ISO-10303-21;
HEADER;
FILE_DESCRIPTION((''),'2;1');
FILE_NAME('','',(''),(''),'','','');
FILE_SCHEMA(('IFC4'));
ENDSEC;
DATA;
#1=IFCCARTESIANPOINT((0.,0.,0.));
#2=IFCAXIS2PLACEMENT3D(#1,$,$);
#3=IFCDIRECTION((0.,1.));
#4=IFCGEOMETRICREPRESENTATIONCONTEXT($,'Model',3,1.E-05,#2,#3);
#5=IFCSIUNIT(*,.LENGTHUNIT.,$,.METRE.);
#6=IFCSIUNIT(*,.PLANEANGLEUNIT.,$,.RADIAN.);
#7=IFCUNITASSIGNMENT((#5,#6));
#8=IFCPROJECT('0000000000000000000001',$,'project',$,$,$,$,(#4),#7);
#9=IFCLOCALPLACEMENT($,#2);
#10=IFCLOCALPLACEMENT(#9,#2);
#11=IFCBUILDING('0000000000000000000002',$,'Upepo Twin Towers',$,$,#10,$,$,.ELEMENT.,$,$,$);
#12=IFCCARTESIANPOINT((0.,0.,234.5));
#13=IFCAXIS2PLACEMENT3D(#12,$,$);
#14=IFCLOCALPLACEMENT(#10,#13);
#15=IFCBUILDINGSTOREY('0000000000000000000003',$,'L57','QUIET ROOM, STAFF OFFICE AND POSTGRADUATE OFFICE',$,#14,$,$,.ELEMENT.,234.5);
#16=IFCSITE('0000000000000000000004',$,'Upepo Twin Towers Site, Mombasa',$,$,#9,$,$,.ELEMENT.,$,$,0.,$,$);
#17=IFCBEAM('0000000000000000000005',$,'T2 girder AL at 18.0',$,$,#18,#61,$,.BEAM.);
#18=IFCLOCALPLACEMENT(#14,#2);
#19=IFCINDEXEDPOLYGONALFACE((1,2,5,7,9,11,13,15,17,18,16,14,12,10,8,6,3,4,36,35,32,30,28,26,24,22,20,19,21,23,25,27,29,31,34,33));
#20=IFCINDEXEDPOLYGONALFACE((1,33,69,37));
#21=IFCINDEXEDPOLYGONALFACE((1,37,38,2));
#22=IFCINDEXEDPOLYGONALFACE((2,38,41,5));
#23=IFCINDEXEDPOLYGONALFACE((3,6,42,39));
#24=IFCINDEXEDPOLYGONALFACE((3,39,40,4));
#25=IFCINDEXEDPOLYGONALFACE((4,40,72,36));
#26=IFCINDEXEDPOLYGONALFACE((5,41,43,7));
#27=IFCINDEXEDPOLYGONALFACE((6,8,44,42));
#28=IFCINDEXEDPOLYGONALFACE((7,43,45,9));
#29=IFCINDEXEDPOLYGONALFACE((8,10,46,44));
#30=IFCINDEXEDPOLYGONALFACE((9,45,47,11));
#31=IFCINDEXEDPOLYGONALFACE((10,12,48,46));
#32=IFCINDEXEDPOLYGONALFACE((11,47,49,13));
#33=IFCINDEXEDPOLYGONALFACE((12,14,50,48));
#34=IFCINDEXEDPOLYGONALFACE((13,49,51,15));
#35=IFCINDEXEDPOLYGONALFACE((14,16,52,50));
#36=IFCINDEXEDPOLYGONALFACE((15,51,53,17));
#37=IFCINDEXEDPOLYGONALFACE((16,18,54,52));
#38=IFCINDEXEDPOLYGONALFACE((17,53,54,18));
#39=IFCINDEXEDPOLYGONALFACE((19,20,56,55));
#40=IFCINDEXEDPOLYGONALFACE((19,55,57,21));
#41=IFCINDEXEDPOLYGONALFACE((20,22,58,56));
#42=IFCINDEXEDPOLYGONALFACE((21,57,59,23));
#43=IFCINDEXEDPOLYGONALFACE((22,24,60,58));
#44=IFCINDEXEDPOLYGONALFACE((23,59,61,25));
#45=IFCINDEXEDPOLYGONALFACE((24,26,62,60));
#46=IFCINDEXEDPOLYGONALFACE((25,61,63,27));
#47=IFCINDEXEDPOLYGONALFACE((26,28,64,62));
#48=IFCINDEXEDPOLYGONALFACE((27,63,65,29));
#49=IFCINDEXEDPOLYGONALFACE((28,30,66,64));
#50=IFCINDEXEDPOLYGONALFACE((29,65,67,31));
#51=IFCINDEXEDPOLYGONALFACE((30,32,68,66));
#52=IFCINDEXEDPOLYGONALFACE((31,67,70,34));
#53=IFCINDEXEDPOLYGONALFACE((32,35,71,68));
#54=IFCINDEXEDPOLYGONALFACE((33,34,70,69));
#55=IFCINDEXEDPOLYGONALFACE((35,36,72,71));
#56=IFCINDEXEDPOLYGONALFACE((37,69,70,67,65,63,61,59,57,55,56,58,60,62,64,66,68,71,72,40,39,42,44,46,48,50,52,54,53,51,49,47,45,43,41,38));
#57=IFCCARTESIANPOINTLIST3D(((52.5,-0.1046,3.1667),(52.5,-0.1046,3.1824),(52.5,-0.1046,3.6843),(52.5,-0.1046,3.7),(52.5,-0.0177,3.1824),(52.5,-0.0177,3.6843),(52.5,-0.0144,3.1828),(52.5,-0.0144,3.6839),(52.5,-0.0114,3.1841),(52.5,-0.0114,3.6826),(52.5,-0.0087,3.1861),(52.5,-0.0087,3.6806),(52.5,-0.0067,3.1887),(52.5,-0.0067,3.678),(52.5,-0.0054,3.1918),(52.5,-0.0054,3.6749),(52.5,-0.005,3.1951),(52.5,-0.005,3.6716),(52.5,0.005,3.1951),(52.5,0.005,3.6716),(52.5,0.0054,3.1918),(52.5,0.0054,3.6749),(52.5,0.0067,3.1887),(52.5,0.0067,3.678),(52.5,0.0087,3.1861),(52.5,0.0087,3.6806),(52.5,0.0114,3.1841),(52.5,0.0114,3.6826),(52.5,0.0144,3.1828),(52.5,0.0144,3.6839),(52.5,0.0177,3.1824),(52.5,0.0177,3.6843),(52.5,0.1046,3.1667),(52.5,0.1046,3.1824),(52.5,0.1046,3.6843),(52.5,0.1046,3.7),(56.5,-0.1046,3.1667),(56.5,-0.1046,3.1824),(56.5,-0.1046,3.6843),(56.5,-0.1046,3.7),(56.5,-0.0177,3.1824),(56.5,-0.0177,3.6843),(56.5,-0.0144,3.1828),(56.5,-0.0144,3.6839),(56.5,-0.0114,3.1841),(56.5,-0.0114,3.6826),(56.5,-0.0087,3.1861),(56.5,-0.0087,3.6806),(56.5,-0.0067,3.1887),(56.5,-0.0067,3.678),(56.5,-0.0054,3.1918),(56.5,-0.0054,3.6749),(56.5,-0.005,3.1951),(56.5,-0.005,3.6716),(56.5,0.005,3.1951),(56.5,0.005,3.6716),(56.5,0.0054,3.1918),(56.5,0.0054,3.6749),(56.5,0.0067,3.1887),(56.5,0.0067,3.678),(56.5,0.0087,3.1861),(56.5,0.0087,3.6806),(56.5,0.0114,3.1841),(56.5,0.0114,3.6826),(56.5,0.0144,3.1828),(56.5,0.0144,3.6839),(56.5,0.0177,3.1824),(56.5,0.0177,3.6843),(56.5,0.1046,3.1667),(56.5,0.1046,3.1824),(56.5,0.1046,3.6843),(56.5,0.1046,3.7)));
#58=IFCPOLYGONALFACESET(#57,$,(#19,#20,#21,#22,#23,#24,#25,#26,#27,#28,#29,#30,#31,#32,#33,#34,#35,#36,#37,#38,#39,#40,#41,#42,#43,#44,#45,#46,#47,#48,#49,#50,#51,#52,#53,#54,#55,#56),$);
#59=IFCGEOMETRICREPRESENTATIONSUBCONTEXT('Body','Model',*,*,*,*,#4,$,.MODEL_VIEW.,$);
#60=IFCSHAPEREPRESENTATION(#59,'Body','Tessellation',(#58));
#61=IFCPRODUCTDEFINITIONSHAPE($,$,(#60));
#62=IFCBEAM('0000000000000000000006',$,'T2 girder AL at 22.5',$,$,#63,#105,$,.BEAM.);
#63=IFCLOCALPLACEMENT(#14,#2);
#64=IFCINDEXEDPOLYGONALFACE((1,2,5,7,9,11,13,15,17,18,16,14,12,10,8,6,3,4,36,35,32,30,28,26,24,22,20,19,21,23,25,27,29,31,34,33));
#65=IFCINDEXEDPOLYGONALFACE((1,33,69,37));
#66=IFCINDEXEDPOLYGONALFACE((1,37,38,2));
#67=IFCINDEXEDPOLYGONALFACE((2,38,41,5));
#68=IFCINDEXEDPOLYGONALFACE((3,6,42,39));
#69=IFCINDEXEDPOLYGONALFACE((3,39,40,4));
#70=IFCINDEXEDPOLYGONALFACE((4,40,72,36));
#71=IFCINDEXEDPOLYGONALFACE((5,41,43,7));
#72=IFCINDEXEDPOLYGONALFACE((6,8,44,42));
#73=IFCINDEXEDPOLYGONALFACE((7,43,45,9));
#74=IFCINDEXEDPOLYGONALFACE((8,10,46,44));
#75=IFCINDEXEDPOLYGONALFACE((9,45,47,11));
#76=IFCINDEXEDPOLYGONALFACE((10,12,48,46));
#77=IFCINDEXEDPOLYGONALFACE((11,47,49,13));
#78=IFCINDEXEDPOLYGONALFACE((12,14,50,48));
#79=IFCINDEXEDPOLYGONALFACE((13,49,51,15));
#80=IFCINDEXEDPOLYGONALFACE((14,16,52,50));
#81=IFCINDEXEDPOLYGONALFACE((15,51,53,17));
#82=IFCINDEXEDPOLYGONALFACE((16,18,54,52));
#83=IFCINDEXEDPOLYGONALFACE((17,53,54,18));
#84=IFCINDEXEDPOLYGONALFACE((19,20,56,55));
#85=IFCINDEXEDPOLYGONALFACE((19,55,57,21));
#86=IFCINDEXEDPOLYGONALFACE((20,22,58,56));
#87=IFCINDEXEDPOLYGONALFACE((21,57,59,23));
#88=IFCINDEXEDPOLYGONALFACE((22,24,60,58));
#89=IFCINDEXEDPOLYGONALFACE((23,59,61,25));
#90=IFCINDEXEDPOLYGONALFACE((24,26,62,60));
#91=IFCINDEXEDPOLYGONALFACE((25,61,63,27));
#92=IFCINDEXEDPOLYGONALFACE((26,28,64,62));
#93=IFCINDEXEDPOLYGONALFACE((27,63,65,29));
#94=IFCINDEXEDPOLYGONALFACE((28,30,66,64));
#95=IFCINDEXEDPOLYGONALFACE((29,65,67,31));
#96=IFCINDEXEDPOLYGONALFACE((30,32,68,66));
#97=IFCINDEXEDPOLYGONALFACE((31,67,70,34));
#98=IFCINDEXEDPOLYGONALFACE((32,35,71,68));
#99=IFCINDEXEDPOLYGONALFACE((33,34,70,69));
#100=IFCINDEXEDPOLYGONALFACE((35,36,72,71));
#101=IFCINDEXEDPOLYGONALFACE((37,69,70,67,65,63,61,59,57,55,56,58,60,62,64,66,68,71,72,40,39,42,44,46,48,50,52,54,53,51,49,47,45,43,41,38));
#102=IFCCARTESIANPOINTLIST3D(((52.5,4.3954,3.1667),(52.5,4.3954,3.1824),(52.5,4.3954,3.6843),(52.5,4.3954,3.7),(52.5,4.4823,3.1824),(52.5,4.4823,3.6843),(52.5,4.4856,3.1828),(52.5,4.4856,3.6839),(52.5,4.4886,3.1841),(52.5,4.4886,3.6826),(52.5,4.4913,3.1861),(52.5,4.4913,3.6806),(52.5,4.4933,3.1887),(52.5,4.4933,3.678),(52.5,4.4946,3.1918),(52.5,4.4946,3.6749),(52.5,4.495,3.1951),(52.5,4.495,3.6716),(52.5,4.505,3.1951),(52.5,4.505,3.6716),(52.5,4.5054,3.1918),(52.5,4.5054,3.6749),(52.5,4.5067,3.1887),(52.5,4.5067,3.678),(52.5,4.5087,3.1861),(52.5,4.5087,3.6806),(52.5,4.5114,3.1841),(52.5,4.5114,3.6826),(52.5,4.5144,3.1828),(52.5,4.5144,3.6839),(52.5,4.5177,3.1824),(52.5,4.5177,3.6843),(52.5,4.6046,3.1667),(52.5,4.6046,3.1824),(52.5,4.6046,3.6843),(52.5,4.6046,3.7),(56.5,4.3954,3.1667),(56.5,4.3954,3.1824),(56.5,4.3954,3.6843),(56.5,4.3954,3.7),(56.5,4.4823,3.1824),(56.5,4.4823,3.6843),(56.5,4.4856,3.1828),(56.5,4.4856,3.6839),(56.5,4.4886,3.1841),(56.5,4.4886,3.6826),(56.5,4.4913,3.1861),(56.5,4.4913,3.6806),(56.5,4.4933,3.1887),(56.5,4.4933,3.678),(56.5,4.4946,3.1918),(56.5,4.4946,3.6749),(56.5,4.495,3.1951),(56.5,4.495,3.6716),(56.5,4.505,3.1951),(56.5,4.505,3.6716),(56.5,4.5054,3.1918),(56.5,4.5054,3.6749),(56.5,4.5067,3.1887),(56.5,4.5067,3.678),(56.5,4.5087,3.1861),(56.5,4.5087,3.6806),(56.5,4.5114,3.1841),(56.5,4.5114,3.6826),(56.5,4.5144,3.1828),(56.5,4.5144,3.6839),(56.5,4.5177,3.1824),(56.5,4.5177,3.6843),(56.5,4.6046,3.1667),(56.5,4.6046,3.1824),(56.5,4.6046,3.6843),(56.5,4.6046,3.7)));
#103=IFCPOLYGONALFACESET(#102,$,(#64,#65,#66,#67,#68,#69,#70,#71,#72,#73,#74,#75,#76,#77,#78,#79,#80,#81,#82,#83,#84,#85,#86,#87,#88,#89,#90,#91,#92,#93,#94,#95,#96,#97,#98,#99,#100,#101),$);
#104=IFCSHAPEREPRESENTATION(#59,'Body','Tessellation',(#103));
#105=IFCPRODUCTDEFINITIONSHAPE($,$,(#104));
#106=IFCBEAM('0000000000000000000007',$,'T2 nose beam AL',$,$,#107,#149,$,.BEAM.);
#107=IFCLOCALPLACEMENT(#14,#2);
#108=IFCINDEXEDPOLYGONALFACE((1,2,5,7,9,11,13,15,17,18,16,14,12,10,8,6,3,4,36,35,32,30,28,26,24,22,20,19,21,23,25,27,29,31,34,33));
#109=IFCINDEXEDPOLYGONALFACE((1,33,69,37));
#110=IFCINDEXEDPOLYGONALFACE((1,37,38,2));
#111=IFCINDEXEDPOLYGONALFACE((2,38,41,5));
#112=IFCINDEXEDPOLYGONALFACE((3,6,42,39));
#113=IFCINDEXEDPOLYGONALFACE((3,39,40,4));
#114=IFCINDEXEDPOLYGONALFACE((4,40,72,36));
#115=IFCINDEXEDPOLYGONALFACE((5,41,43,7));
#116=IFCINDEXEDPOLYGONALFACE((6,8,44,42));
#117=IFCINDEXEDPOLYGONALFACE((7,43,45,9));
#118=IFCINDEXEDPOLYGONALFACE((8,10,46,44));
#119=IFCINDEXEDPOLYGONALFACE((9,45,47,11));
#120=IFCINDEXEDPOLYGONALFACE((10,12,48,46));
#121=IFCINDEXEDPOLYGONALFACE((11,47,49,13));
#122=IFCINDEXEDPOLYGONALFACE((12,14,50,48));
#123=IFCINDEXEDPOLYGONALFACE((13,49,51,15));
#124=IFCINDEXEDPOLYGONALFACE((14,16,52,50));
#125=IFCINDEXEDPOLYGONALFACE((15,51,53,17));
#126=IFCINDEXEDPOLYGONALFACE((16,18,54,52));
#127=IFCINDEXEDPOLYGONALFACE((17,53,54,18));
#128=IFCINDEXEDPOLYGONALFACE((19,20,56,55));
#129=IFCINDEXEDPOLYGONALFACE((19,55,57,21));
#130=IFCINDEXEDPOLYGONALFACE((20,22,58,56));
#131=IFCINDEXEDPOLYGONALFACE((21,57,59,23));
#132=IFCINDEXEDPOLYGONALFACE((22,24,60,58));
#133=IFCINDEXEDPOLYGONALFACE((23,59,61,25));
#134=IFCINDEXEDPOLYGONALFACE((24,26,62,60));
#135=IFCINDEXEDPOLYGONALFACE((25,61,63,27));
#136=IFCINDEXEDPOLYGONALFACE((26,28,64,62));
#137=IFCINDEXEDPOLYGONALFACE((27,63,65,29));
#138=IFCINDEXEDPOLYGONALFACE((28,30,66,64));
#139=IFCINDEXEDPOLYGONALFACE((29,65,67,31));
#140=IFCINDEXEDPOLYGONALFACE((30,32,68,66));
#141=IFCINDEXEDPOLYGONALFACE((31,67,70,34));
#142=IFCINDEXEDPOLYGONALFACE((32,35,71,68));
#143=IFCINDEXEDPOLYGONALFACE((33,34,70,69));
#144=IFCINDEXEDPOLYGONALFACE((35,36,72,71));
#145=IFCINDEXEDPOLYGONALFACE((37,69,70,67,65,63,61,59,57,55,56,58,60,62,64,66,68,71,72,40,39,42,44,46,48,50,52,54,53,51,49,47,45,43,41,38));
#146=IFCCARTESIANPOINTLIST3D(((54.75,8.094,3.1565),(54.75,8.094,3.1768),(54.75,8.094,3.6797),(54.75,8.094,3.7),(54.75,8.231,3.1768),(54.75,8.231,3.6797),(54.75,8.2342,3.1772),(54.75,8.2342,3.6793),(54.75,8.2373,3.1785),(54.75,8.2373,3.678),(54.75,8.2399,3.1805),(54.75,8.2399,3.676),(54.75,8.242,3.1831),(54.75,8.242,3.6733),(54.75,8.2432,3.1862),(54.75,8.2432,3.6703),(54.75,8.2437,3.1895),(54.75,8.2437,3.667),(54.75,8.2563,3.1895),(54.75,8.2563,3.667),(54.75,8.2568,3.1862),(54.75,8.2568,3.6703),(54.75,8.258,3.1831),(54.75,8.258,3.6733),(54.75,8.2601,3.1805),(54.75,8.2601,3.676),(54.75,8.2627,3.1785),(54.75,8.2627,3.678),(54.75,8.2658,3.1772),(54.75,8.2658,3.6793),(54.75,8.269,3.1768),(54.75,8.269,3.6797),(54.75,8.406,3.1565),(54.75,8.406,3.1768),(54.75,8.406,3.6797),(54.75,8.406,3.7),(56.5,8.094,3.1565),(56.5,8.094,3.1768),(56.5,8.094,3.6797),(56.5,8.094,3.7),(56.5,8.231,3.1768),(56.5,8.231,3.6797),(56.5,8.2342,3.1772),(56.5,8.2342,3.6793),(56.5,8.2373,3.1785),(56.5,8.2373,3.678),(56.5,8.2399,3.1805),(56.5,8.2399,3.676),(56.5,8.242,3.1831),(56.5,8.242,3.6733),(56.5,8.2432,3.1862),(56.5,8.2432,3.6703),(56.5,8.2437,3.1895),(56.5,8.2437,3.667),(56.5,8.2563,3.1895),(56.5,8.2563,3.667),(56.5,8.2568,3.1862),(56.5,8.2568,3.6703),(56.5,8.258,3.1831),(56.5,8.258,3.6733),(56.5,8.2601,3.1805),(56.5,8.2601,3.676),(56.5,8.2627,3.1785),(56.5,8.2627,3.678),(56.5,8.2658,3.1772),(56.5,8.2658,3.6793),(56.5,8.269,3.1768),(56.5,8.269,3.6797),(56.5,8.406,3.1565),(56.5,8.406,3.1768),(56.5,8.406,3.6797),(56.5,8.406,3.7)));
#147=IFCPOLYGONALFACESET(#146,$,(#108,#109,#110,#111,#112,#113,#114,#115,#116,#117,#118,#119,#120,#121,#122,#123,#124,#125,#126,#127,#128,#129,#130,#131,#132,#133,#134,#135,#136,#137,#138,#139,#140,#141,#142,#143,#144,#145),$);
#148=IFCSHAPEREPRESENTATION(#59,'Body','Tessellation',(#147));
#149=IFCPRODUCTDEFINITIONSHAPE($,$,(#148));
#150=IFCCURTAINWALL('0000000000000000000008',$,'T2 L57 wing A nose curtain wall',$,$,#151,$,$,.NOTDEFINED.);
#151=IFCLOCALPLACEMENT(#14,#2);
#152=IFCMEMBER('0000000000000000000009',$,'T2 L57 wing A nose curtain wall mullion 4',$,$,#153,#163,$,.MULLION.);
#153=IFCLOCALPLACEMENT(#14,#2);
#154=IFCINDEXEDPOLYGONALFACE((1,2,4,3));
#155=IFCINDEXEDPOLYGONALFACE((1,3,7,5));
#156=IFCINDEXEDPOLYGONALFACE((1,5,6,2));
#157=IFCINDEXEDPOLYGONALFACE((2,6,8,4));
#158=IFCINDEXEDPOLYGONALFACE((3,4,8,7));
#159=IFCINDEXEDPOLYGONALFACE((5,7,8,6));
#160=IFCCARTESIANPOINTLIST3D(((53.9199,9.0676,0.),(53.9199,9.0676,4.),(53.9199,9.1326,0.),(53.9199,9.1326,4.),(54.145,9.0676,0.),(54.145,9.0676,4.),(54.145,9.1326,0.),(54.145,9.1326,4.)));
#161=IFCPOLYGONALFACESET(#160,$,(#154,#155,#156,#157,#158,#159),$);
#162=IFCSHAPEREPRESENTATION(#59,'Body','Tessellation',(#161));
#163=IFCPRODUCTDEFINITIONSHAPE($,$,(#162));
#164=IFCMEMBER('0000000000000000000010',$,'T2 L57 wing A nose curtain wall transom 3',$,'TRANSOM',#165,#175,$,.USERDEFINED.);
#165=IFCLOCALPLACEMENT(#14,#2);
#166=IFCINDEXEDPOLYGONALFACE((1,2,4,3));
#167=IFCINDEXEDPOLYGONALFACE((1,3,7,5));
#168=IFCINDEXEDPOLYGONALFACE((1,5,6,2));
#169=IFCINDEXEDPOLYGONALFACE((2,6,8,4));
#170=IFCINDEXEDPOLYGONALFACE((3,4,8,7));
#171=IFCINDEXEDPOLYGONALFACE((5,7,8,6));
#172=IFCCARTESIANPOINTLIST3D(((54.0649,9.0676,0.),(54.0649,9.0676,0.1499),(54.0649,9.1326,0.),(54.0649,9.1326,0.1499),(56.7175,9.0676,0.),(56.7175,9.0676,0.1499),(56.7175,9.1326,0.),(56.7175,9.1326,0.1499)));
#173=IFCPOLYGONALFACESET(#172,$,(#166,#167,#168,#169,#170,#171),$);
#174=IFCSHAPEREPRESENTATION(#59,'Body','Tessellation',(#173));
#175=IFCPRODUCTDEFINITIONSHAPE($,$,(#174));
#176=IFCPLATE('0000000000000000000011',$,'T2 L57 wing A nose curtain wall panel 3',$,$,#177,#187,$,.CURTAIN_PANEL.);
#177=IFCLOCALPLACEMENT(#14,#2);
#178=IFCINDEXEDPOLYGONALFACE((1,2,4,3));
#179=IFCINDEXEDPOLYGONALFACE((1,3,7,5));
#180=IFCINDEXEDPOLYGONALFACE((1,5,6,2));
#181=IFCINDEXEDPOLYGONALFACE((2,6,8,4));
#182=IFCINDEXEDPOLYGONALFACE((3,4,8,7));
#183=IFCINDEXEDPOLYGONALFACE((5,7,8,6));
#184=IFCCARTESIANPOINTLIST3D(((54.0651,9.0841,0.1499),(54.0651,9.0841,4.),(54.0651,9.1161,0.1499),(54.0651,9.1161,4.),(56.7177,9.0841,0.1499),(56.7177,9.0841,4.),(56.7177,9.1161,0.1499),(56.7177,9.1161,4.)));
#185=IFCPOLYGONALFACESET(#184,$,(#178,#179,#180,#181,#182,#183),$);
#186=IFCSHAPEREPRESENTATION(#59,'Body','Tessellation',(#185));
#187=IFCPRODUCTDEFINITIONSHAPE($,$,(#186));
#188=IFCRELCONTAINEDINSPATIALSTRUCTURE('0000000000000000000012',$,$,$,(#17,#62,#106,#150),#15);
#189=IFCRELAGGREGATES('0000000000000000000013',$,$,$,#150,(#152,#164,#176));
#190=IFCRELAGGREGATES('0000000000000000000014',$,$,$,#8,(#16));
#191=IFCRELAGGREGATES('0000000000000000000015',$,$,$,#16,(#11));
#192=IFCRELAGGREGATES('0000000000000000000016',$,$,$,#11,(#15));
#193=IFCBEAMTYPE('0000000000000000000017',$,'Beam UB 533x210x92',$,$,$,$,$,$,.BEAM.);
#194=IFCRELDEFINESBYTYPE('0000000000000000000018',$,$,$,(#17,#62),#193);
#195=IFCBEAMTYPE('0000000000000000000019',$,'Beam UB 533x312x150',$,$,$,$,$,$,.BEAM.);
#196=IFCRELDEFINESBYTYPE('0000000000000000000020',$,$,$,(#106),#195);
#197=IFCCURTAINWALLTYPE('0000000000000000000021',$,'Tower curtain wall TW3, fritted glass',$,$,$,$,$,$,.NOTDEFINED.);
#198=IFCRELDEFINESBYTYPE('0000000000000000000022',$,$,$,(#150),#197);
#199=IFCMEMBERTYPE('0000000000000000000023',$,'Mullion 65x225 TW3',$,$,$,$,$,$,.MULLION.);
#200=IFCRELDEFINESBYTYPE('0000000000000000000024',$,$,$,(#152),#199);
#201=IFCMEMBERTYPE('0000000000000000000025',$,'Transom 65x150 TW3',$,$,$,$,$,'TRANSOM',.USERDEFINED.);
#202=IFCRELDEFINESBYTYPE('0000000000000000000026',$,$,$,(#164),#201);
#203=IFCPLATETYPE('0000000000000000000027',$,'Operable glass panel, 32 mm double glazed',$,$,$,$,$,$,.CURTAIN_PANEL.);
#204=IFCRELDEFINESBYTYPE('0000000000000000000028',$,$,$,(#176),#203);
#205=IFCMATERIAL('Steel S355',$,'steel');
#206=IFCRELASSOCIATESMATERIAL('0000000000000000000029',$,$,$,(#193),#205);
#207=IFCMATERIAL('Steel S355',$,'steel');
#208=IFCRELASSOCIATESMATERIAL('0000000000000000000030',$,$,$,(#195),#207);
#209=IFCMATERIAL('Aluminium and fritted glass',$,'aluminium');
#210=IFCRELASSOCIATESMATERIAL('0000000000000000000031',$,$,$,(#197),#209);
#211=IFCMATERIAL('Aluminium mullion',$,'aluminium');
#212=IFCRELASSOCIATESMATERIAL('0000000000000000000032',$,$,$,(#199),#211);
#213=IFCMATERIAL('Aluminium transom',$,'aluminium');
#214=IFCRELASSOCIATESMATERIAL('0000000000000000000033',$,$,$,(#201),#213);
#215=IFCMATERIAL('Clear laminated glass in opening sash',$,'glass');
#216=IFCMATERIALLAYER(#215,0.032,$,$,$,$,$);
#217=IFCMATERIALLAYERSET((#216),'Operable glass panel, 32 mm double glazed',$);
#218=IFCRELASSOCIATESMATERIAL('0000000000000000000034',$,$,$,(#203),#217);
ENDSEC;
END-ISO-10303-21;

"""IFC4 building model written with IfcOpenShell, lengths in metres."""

from ifc_helpers import new_model, si_unit, direction, frame, origin, origin_2d, place, context, subcontext, project, spatial, rectangle, i_section, extrude, material, layer, layer_set, material_profile, profile_set, type_object, element, aggregate, save


model = new_model("IFC4")

# Units and contexts
model_context = context("Model", 3, precision=1e-05, world=origin(), true_north=direction((0.0, 1.0)))
body_context = subcontext(model_context, "Body", "Model", "MODEL_VIEW")
ifc_project = project(units=[si_unit("LENGTHUNIT", "METRE"), si_unit("PLANEANGLEUNIT", "RADIAN")], contexts=[model_context])

# Site, building, storey
site_placement = place(None, origin())
site = spatial("IfcSite", under=ifc_project, at=site_placement, Name="Upepo Twin Towers Site, Mombasa", CompositionType="ELEMENT", RefElevation=0.0)
building_placement = place(site_placement, origin())
building = spatial("IfcBuilding", under=site, at=building_placement, Name="Upepo Twin Towers", CompositionType="ELEMENT")
storey_placement = place(building_placement, frame((0.0, 0.0, 234.5)))
storey = spatial("IfcBuildingStorey", under=building, at=storey_placement, Name="L57", Description="QUIET ROOM, STAFF OFFICE AND POSTGRADUATE OFFICE", CompositionType="ELEMENT", Elevation=234.5)

# Beams
ifc_material_1 = material(Name="Steel S355", Category="steel")
ifc_material_profile_1 = material_profile(ifc_material_1, i_section(OverallWidth=0.2092, OverallDepth=0.5332, WebThickness=0.01, FlangeThickness=0.0156, FilletRadius=0.0127, at=origin_2d()), Name="UB 533x210x92")
ifc_profile_set_1 = profile_set([ifc_material_profile_1], Name="Steel S355")
beam_type_1 = type_object("IfcBeamType", Name="Beam UB 533x210x92", PredefinedType="BEAM", material=ifc_profile_set_1)
for number, where, z_axis, x_axis, name in (
    (1, (52.5, 0.0, 3.4333), (1.0, 0.0, 0.0), (0.0, 1.0, 0.0), "T2 girder AL at 18.0"),
    (2, (52.5, 4.5, 3.4333), (1.0, 0.0, 0.0), (0.0, 1.0, 0.0), "T2 girder AL at 22.5"),
):
    element("IfcBeam", number, at=place(storey_placement, frame(where, z_axis=z_axis, x_axis=x_axis)), inside=storey, type_object=beam_type_1, Name=name, PredefinedType="BEAM", context=body_context, shape_type="SweptSolid", body=[
        extrude(i_section(OverallWidth=0.2092, OverallDepth=0.5332, WebThickness=0.01, FlangeThickness=0.0156, FilletRadius=0.0127, at=origin_2d()), origin(), (0.0, 0.0, 1.0), 4.0),
    ])
ifc_material_2 = material(Name="Steel S355", Category="steel")
ifc_material_profile_2 = material_profile(ifc_material_2, i_section(OverallWidth=0.312, OverallDepth=0.5435, WebThickness=0.0127, FlangeThickness=0.0203, FilletRadius=0.0127, at=origin_2d()), Name="UB 533x312x150")
ifc_profile_set_2 = profile_set([ifc_material_profile_2], Name="Steel S355")
beam_type_2 = type_object("IfcBeamType", Name="Beam UB 533x312x150", PredefinedType="BEAM", material=ifc_profile_set_2)
beam_1_placement = place(storey_placement, frame((54.75, 8.25, 3.4282), z_axis=(1.0, 0.0, 0.0), x_axis=(0.0, 1.0, 0.0)))
element("IfcBeam", 3, at=beam_1_placement, inside=storey, type_object=beam_type_2, Name="T2 nose beam AL", PredefinedType="BEAM", context=body_context, shape_type="SweptSolid", body=[
    extrude(i_section(OverallWidth=0.312, OverallDepth=0.5435, WebThickness=0.0127, FlangeThickness=0.0203, FilletRadius=0.0127, at=origin_2d()), origin(), (0.0, 0.0, 1.0), 1.75),
])

# Curtain wall, members, plate
ifc_material_3 = material(Name="Aluminium and fritted glass", Category="aluminium")
curtain_wall_type = type_object("IfcCurtainWallType", Name="Tower curtain wall TW3, fritted glass", PredefinedType="NOTDEFINED", material=ifc_material_3)
curtain_wall_placement = place(storey_placement, origin())
curtain_wall = element("IfcCurtainWall", 4, at=curtain_wall_placement, inside=storey, type_object=curtain_wall_type, Name="T2 L57 wing A nose curtain wall", PredefinedType="NOTDEFINED")
ifc_material_4 = material(Name="Aluminium mullion", Category="aluminium")
ifc_material_profile_3 = material_profile(ifc_material_4, rectangle(XDim=0.0649, YDim=0.2251, at=origin_2d()), Name="MULLION 65x225")
ifc_profile_set_3 = profile_set([ifc_material_profile_3], Name="Aluminium mullion")
member_type_1 = type_object("IfcMemberType", Name="Mullion 65x225 TW3", PredefinedType="MULLION", material=ifc_profile_set_3)
member_1_placement = place(storey_placement, frame((54.0325, 9.1001, 0.0), z_axis=(0.0, 0.0, 1.0), x_axis=(0.0, -1.0, 0.0)))
member_1 = element("IfcMember", 5, at=member_1_placement, type_object=member_type_1, Name="T2 L57 wing A nose curtain wall mullion 4", PredefinedType="MULLION", context=body_context, shape_type="SweptSolid", body=[
    extrude(rectangle(XDim=0.0649, YDim=0.2251, at=origin_2d()), origin(), (0.0, 0.0, 1.0), 4.0),
])
ifc_material_5 = material(Name="Aluminium transom", Category="aluminium")
ifc_material_profile_4 = material_profile(ifc_material_5, rectangle(XDim=0.0649, YDim=0.1499, at=origin_2d()), Name="TRANSOM 65x150")
ifc_profile_set_4 = profile_set([ifc_material_profile_4], Name="Aluminium transom")
member_type_2 = type_object("IfcMemberType", Name="Transom 65x150 TW3", ElementType="TRANSOM", PredefinedType="USERDEFINED", material=ifc_profile_set_4)
member_2_placement = place(storey_placement, frame((56.7175, 9.1001, 0.075), z_axis=(-1.0, 0.0, 0.0), x_axis=(0.0, -1.0, 0.0)))
member_2 = element("IfcMember", 6, at=member_2_placement, type_object=member_type_2, Name="T2 L57 wing A nose curtain wall transom 3", ObjectType="TRANSOM", PredefinedType="USERDEFINED", context=body_context, shape_type="SweptSolid", body=[
    extrude(rectangle(XDim=0.0649, YDim=0.1499, at=origin_2d()), origin(), (0.0, 0.0, 1.0), 2.6526),
])
ifc_material_6 = material(Name="Clear laminated glass in opening sash", Category="glass")
ifc_layer_1 = layer(ifc_material_6, 0.032)
ifc_layer_set_1 = layer_set([ifc_layer_1], Name="Operable glass panel, 32 mm double glazed")
plate_type = type_object("IfcPlateType", Name="Operable glass panel, 32 mm double glazed", PredefinedType="CURTAIN_PANEL", material=ifc_layer_set_1)
plate_placement = place(storey_placement, frame((55.3914, 9.1001, 0.1499), z_axis=(0.0, 0.0, 1.0), x_axis=(-1.0, 0.0, 0.0)))
plate = element("IfcPlate", 7, at=plate_placement, type_object=plate_type, Name="T2 L57 wing A nose curtain wall panel 3", PredefinedType="CURTAIN_PANEL", context=body_context, shape_type="SweptSolid", body=[
    extrude(rectangle(XDim=2.6526, YDim=0.032, at=origin_2d()), origin(), (0.0, 0.0, 1.0), 3.8501),
])
aggregate(curtain_wall, [member_1, member_2, plate])

save(model, "model.ifc")
